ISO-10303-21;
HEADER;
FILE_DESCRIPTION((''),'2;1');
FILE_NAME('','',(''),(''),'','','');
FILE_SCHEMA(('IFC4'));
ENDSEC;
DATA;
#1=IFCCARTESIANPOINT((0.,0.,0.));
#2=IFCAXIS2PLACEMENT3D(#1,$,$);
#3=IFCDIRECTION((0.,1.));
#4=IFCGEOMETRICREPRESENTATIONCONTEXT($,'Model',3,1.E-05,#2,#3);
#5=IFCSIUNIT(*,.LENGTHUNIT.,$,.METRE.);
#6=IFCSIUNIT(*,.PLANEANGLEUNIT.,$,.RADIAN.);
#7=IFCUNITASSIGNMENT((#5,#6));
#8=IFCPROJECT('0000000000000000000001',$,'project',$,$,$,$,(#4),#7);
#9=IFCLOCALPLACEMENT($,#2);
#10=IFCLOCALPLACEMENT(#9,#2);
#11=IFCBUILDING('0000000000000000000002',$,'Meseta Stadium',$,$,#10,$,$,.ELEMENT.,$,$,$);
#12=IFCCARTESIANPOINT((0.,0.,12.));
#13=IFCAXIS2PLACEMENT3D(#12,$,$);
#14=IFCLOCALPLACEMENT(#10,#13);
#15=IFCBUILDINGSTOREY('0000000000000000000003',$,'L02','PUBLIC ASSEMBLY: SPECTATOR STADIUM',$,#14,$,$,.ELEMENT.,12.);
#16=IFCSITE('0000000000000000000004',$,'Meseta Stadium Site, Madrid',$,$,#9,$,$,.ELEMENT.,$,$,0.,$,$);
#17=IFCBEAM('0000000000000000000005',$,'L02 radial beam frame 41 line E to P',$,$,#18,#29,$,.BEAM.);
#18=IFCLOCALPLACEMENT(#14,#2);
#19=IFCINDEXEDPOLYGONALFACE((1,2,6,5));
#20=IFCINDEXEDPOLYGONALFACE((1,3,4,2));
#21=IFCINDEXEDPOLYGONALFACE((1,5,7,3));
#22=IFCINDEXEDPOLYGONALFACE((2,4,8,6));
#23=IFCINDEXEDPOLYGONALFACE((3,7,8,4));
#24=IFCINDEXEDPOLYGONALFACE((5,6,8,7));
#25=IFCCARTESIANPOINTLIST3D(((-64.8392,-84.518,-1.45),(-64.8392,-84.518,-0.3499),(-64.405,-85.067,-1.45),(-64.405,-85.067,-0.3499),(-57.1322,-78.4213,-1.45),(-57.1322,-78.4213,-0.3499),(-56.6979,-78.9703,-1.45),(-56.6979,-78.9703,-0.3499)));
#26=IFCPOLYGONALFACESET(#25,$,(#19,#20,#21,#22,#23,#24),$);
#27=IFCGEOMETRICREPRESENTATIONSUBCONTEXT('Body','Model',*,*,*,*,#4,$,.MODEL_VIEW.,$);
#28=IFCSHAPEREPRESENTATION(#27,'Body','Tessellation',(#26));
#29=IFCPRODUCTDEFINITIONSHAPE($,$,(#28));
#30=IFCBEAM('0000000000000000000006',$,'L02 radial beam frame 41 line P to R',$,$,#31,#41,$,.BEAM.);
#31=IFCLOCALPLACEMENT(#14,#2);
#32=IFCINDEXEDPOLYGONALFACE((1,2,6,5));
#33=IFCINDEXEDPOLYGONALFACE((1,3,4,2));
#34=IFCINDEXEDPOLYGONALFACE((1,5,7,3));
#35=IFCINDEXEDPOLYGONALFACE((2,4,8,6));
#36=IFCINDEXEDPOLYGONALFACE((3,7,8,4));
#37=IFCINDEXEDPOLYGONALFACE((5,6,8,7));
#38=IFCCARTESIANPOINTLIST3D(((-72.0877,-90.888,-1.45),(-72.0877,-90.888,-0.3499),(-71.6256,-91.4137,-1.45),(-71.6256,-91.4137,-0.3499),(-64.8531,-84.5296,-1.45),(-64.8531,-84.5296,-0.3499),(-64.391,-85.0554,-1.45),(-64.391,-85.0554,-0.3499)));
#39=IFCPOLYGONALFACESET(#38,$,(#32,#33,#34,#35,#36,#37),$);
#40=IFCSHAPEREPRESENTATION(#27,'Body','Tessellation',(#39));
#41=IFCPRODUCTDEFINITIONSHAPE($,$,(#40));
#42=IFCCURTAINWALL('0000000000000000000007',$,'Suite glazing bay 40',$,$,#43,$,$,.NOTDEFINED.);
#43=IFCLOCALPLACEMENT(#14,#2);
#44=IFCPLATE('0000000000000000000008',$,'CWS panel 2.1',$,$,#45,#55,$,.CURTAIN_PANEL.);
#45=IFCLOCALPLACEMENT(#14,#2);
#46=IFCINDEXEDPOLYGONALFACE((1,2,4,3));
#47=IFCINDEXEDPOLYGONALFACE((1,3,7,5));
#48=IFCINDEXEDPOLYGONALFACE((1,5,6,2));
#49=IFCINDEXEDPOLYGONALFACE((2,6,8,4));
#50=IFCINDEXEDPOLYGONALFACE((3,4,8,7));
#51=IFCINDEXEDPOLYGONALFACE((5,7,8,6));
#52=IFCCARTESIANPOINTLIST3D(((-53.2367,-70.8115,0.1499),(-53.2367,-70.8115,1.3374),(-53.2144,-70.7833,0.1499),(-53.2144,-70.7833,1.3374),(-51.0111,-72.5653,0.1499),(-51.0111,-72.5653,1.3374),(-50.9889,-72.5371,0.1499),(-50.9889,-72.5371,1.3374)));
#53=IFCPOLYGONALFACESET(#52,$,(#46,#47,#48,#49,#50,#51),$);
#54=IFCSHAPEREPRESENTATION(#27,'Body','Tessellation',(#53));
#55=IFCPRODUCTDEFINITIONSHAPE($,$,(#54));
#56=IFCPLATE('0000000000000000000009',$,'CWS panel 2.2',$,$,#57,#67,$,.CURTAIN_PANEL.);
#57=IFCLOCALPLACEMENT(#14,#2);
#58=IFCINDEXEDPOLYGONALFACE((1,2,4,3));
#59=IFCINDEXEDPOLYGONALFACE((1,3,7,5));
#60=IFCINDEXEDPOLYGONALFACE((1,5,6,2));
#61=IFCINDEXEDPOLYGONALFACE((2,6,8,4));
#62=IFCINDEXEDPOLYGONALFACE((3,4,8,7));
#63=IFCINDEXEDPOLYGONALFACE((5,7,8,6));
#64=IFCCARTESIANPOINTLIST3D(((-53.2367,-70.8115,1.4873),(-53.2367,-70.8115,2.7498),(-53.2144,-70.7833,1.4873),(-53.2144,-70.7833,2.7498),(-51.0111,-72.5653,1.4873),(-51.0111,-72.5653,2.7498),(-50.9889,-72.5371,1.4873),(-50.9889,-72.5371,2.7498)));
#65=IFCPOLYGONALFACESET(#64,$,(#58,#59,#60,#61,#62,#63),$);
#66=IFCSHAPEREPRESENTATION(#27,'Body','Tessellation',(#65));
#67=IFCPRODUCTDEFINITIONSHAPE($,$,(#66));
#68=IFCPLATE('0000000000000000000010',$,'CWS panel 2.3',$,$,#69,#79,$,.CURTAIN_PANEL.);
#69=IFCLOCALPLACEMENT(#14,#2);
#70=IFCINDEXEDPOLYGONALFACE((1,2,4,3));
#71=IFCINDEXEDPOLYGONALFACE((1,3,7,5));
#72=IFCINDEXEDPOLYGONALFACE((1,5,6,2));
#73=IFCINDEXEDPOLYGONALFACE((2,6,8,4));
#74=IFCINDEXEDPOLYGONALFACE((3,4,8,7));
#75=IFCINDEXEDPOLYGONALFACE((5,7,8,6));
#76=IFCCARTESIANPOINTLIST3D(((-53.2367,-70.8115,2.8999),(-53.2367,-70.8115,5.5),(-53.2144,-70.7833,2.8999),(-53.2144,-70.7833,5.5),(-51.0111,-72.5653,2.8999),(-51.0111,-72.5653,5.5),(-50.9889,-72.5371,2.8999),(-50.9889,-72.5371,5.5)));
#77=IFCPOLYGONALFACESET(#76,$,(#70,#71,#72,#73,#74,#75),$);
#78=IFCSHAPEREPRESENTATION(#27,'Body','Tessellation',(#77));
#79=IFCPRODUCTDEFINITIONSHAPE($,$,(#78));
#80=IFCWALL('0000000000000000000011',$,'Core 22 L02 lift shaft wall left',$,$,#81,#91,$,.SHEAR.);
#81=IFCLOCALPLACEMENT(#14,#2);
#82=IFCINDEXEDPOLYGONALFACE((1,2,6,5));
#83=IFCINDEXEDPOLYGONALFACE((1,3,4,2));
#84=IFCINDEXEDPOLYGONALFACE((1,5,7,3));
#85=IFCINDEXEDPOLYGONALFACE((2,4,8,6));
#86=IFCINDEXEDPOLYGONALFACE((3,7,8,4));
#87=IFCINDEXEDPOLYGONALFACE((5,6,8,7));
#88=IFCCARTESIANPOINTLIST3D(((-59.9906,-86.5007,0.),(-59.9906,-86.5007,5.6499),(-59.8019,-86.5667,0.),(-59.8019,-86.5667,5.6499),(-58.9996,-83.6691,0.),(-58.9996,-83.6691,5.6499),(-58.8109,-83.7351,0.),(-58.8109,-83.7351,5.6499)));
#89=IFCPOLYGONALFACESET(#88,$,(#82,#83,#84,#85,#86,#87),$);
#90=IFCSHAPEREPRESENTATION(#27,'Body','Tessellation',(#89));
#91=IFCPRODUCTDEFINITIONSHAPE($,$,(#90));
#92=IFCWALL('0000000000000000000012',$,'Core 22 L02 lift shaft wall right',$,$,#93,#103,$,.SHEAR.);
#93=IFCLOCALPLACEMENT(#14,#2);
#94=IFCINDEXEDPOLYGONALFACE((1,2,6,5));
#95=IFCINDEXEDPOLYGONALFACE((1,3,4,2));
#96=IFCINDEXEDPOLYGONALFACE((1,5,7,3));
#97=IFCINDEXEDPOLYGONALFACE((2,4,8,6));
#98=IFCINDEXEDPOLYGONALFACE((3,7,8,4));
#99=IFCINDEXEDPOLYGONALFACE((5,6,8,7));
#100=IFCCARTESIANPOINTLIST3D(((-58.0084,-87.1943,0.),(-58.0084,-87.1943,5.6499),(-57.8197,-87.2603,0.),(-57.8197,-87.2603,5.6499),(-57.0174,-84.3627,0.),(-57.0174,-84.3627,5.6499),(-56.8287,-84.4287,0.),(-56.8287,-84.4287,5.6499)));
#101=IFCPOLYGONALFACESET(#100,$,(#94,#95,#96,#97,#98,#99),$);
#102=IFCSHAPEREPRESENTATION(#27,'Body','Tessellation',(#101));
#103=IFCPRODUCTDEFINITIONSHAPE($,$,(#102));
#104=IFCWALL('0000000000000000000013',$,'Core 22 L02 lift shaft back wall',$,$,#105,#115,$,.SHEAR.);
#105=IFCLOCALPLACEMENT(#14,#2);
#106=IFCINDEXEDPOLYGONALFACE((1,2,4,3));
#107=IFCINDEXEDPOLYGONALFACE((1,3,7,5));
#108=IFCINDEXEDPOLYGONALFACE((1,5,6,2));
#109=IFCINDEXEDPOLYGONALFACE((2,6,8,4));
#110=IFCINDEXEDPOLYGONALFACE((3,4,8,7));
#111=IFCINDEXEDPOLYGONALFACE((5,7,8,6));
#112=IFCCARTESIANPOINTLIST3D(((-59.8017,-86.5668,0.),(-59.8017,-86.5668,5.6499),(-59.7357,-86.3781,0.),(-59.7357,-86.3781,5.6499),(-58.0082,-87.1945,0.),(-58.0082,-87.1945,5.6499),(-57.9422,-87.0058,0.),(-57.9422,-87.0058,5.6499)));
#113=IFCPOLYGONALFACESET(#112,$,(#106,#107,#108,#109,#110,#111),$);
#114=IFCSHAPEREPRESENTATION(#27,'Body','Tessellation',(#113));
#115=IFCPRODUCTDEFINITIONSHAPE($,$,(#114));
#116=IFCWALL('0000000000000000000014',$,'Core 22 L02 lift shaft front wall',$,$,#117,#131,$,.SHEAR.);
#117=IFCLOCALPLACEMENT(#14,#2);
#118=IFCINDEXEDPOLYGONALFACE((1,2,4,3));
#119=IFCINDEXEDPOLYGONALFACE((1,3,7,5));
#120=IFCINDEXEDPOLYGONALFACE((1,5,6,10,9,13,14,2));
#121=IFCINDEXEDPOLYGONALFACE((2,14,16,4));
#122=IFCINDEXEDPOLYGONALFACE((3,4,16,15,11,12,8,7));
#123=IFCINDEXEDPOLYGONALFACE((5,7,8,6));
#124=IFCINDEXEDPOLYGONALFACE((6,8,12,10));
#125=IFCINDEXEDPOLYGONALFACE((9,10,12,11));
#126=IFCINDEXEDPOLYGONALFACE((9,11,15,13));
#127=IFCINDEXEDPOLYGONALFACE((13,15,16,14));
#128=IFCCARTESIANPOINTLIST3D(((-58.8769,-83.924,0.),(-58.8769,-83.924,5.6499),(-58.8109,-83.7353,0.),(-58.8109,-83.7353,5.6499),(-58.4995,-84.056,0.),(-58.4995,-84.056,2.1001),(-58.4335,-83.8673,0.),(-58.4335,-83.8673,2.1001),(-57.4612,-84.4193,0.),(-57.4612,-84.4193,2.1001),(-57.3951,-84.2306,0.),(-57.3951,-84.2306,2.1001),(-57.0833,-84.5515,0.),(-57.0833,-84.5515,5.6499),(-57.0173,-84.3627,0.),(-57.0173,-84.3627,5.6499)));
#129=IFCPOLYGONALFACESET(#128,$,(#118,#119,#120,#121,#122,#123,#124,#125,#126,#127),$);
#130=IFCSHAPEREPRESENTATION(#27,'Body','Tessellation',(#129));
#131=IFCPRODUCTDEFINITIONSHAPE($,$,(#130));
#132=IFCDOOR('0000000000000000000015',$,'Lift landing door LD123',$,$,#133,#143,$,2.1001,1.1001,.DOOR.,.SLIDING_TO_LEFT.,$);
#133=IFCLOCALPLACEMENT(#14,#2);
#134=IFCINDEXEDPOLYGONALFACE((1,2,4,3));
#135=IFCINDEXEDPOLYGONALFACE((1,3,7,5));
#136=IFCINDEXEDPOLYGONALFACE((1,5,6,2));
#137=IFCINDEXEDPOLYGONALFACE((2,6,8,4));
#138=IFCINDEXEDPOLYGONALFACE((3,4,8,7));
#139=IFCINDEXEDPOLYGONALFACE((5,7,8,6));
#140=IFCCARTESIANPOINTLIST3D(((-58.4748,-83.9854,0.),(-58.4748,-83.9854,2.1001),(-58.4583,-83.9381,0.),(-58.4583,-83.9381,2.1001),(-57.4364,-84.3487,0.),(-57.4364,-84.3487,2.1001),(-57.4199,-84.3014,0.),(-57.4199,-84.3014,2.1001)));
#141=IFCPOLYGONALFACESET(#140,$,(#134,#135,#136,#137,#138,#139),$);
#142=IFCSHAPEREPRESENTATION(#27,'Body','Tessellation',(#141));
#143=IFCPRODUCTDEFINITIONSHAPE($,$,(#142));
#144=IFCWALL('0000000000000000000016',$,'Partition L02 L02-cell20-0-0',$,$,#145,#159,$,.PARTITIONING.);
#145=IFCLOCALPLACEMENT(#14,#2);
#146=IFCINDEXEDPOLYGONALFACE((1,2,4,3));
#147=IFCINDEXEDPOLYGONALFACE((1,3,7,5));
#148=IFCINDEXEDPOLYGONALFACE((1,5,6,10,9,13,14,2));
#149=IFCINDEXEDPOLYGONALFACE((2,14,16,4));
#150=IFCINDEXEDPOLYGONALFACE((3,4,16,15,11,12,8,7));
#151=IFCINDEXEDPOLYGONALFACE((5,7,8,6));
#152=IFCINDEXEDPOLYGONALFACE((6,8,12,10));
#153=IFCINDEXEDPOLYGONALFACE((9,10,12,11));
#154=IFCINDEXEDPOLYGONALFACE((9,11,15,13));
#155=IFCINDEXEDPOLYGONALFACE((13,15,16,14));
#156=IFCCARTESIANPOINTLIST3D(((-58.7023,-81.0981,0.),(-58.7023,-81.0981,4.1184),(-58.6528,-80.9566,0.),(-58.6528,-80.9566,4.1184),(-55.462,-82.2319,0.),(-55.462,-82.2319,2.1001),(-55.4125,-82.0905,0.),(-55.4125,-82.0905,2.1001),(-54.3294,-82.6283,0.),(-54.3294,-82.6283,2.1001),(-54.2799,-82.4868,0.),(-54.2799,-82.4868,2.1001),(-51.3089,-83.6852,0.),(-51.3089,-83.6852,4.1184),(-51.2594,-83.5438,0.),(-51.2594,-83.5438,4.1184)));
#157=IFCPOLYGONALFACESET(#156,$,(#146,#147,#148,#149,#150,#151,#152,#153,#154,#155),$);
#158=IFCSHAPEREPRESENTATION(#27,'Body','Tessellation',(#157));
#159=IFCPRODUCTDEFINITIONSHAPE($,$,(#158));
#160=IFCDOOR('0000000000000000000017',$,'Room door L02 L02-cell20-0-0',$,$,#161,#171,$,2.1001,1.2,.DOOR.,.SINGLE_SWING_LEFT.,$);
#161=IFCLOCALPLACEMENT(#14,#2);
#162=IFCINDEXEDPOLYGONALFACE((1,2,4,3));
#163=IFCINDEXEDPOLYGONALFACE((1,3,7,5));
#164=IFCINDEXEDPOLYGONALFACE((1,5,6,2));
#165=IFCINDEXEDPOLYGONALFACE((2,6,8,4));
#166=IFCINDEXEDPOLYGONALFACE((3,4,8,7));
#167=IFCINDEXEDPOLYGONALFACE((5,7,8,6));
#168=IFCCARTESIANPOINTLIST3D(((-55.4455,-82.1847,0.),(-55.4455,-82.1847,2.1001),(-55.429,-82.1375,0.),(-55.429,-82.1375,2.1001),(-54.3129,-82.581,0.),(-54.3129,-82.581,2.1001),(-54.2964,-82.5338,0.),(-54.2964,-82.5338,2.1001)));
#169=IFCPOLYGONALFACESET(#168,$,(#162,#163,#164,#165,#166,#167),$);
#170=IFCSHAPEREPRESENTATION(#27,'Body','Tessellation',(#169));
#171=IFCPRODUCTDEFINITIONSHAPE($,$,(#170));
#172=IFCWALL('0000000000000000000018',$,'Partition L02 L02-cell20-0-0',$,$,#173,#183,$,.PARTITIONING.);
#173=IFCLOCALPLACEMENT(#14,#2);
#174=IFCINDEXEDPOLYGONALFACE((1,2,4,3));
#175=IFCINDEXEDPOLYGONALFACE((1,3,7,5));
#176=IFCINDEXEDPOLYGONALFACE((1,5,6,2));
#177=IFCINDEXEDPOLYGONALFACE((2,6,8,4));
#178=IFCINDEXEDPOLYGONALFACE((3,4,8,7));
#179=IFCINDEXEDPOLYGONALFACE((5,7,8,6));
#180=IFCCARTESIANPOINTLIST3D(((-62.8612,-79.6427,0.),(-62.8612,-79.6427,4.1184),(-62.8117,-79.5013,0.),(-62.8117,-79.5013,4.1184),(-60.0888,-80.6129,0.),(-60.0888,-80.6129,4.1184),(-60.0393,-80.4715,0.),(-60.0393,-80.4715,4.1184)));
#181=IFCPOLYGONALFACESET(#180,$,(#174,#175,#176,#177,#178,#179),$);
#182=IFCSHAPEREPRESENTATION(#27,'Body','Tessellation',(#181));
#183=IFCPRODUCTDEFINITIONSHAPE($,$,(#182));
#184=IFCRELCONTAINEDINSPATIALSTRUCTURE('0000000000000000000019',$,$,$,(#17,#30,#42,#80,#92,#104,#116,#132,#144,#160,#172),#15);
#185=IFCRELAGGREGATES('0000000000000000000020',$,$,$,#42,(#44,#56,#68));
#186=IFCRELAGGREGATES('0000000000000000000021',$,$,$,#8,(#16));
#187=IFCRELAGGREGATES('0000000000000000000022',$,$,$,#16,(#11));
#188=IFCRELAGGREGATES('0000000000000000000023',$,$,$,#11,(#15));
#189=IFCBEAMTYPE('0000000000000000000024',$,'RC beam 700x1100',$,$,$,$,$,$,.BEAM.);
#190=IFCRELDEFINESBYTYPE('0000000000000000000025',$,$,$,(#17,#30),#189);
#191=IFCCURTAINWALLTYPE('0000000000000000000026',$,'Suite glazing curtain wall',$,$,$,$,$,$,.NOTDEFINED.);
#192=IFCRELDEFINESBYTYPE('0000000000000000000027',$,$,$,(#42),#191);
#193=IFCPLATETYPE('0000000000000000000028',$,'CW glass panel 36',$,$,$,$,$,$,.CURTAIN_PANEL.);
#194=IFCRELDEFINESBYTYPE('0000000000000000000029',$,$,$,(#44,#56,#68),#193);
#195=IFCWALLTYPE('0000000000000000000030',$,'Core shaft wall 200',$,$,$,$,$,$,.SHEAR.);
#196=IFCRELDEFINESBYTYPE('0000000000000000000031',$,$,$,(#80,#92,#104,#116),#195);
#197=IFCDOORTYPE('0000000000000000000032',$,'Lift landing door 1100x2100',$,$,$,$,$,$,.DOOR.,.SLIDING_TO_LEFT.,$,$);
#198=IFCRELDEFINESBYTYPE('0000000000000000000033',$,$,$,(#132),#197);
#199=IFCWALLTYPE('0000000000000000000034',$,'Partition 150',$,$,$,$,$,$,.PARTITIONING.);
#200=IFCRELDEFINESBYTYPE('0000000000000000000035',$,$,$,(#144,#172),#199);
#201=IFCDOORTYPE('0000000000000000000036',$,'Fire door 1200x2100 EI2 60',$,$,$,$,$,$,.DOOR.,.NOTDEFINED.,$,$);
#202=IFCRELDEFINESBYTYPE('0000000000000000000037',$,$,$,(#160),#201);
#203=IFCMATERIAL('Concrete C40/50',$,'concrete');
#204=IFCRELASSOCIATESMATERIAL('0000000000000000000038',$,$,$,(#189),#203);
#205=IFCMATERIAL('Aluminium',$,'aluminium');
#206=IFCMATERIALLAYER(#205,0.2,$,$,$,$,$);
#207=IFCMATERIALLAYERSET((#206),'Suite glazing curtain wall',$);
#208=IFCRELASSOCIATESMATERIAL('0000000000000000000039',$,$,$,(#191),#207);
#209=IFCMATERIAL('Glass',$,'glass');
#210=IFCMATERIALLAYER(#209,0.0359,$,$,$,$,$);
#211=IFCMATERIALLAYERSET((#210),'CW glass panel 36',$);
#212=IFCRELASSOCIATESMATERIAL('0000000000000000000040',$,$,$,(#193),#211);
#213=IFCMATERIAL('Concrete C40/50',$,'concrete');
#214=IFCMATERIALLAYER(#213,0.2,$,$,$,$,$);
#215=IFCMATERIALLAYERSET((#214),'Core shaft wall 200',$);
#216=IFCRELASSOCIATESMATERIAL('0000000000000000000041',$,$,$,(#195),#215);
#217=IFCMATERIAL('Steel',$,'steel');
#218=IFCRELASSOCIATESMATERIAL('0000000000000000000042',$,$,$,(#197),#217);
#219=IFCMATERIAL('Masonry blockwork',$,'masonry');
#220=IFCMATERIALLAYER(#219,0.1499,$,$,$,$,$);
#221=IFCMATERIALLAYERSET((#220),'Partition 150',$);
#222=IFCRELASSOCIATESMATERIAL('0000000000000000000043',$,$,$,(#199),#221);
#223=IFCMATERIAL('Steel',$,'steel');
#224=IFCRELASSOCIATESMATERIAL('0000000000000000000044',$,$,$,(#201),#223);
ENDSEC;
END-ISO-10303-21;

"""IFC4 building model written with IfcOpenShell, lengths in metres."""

from ifc_helpers import new_model, si_unit, direction, frame, frame_2d, origin, origin_2d, place, context, subcontext, project, spatial, rectangle, extrude, material, layer, layer_set, material_profile, profile_set, type_object, element, fill, aggregate, save


model = new_model("IFC4")

# Units and contexts
model_context = context("Model", 3, precision=1e-05, world=origin(), true_north=direction((0.0, 1.0)))
body_context = subcontext(model_context, "Body", "Model", "MODEL_VIEW")
ifc_project = project(units=[si_unit("LENGTHUNIT", "METRE"), si_unit("PLANEANGLEUNIT", "RADIAN")], contexts=[model_context])

# Site, building, storey
site_placement = place(None, origin())
site = spatial("IfcSite", under=ifc_project, at=site_placement, Name="Meseta Stadium Site, Madrid", CompositionType="ELEMENT", RefElevation=0.0)
building_placement = place(site_placement, origin())
building = spatial("IfcBuilding", under=site, at=building_placement, Name="Meseta Stadium", CompositionType="ELEMENT")
storey_placement = place(building_placement, frame((0.0, 0.0, 12.0)))
storey = spatial("IfcBuildingStorey", under=building, at=storey_placement, Name="L02", Description="PUBLIC ASSEMBLY: SPECTATOR STADIUM", CompositionType="ELEMENT", Elevation=12.0)

# Beams
ifc_material_1 = material(Name="Concrete C40/50", Category="concrete")
ifc_material_profile_1 = material_profile(ifc_material_1, rectangle(XDim=0.7, YDim=1.1001, at=origin_2d()), Name="RC 700x1100")
ifc_profile_set_1 = profile_set([ifc_material_profile_1], Name="Concrete C40/50")
beam_type_1 = type_object("IfcBeamType", Name="RC beam 700x1100", PredefinedType="BEAM", material=ifc_profile_set_1)
beam_1_placement = place(storey_placement, frame((-56.915, -78.6958, -0.8999), z_axis=(-0.78428, -0.620408, 0.0), x_axis=(0.620408, -0.78428, 0.0)))
element("IfcBeam", 1, at=beam_1_placement, inside=storey, type_object=beam_type_1, Name="L02 radial beam frame 41 line E to P", PredefinedType="BEAM", context=body_context, shape_type="SweptSolid", body=[
    extrude(rectangle(XDim=0.7, YDim=1.1001, at=origin_2d()), origin(), (0.0, 0.0, 1.0), 9.8269),
])
beam_2_placement = place(storey_placement, frame((-64.6221, -84.7925, -0.8999), z_axis=(-0.751129, -0.660156, 0.0), x_axis=(0.660156, -0.751129, 0.0)))
element("IfcBeam", 2, at=beam_2_placement, inside=storey, type_object=beam_type_1, Name="L02 radial beam frame 41 line P to R", PredefinedType="BEAM", context=body_context, shape_type="SweptSolid", body=[
    extrude(rectangle(XDim=0.7, YDim=1.1001, at=origin_2d()), origin(), (0.0, 0.0, 1.0), 9.6316),
])

# Curtain wall, plates
ifc_material_2 = material(Name="Aluminium", Category="aluminium")
ifc_layer_1 = layer(ifc_material_2, 0.2)
ifc_layer_set_1 = layer_set([ifc_layer_1], Name="Suite glazing curtain wall")
curtain_wall_type = type_object("IfcCurtainWallType", Name="Suite glazing curtain wall", PredefinedType="NOTDEFINED", material=ifc_layer_set_1)
curtain_wall_placement = place(storey_placement, origin())
curtain_wall = element("IfcCurtainWall", 3, at=curtain_wall_placement, inside=storey, type_object=curtain_wall_type, Name="Suite glazing bay 40", PredefinedType="NOTDEFINED")
ifc_material_3 = material(Name="Glass", Category="glass")
ifc_layer_2 = layer(ifc_material_3, 0.0359)
ifc_layer_set_2 = layer_set([ifc_layer_2], Name="CW glass panel 36")
plate_type = type_object("IfcPlateType", Name="CW glass panel 36", PredefinedType="CURTAIN_PANEL", material=ifc_layer_set_2)
plate_1_placement = place(storey_placement, frame((-52.1128, -71.6743, 0.1499), z_axis=(0.0, 0.0, 1.0), x_axis=(0.785435, -0.618944, 0.0)))
plate_1 = element("IfcPlate", 4, at=plate_1_placement, type_object=plate_type, Name="CWS panel 2.1", PredefinedType="CURTAIN_PANEL", context=body_context, shape_type="SweptSolid", body=[
    extrude(rectangle(XDim=2.8335, YDim=0.0359, at=origin_2d()), origin(), (0.0, 0.0, 1.0), 1.1875),
])
plate_2_placement = place(storey_placement, frame((-52.1128, -71.6743, 1.4873), z_axis=(0.0, 0.0, 1.0), x_axis=(0.785435, -0.618944, 0.0)))
plate_2 = element("IfcPlate", 5, at=plate_2_placement, type_object=plate_type, Name="CWS panel 2.2", PredefinedType="CURTAIN_PANEL", context=body_context, shape_type="SweptSolid", body=[
    extrude(rectangle(XDim=2.8335, YDim=0.0359, at=origin_2d()), origin(), (0.0, 0.0, 1.0), 1.2625),
])
plate_3_placement = place(storey_placement, frame((-52.1128, -71.6743, 2.8999), z_axis=(0.0, 0.0, 1.0), x_axis=(0.785435, -0.618944, 0.0)))
plate_3 = element("IfcPlate", 6, at=plate_3_placement, type_object=plate_type, Name="CWS panel 2.3", PredefinedType="CURTAIN_PANEL", context=body_context, shape_type="SweptSolid", body=[
    extrude(rectangle(XDim=2.8335, YDim=0.0359, at=origin_2d()), origin(), (0.0, 0.0, 1.0), 2.6001),
])
aggregate(curtain_wall, [plate_1, plate_2, plate_3])

# Walls
ifc_material_4 = material(Name="Concrete C40/50", Category="concrete")
ifc_layer_3 = layer(ifc_material_4, 0.2)
ifc_layer_set_3 = layer_set([ifc_layer_3], Name="Core shaft wall 200")
wall_type_1 = type_object("IfcWallType", Name="Core shaft wall 200", PredefinedType="SHEAR", material=ifc_layer_set_3)
for number, where, z_axis, x_axis, name in (
    (7, (-59.8962, -86.5337, 0.0), (0.0, 0.0, 1.0), (0.330329, 0.943866, 0.0), "Core 22 L02 lift shaft wall left"),
    (8, (-57.9141, -87.2273, 0.0), (0.0, 0.0, 1.0), (0.330329, 0.943866, 0.0), "Core 22 L02 lift shaft wall right"),
):
    element("IfcWall", number, at=place(storey_placement, frame(where, z_axis=z_axis, x_axis=x_axis)), inside=storey, type_object=wall_type_1, Name=name, PredefinedType="SHEAR", context=body_context, shape_type="SweptSolid", body=[
        extrude(rectangle(XDim=3.0, YDim=0.2, at=frame_2d((1.5, 0.0))), origin(), (0.0, 0.0, 1.0), 5.6499),
    ])
wall_1_placement = place(storey_placement, frame((-59.7688, -86.4724, 0.0), z_axis=(0.0, 0.0, 1.0), x_axis=(0.943862, -0.330339, 0.0)))
element("IfcWall", 9, at=wall_1_placement, inside=storey, type_object=wall_type_1, Name="Core 22 L02 lift shaft back wall", PredefinedType="SHEAR", context=body_context, shape_type="SweptSolid", body=[
    extrude(rectangle(XDim=1.9001, YDim=0.2, at=frame_2d((0.9502, 0.0))), origin(), (0.0, 0.0, 1.0), 5.6499),
])

# Walls, openings, doors
wall_2_placement = place(storey_placement, frame((-58.844, -83.8296, 0.0), z_axis=(0.0, 0.0, 1.0), x_axis=(0.943902, -0.330225, 0.0)))
wall_2 = element("IfcWall", 10, at=wall_2_placement, inside=storey, type_object=wall_type_1, Name="Core 22 L02 lift shaft front wall", PredefinedType="SHEAR", context=body_context, shape_type="SweptSolid", body=[
    extrude(rectangle(XDim=1.9001, YDim=0.2, at=frame_2d((0.9502, 0.0))), origin(), (0.0, 0.0, 1.0), 5.6499),
])
opening_1_placement = place(wall_2_placement, frame((0.3999, 0.0, 0.0)))
opening_1 = element("IfcOpeningElement", 11, at=opening_1_placement, cuts=wall_2, PredefinedType="OPENING", context=body_context, shape_type="SweptSolid", body=[
    extrude(rectangle(XDim=1.1001, YDim=2.1001, at=frame_2d((0.55, 1.05))), frame((0.0, 0.1099, 0.0), z_axis=(0.0, -1.0, 0.0), x_axis=(1.0, 0.0, 0.0)), (0.0, 0.0, 1.0), 0.22),
])
ifc_material_5 = material(Name="Steel", Category="steel")
door_type_1 = type_object("IfcDoorType", Name="Lift landing door 1100x2100", OperationType="SLIDING_TO_LEFT", PredefinedType="DOOR", material=ifc_material_5)
door_1_placement = place(opening_1_placement, origin())
door_1 = element("IfcDoor", 12, at=door_1_placement, inside=storey, type_object=door_type_1, Name="Lift landing door LD123", OperationType="SLIDING_TO_LEFT", OverallHeight=2.1001, OverallWidth=1.1001, PredefinedType="DOOR", context=body_context, shape_type="SweptSolid", body=[
    extrude(rectangle(XDim=1.1001, YDim=2.1001, at=frame_2d((0.55, 1.05))), frame((0.0, 0.0249, 0.0), z_axis=(0.0, -1.0, 0.0), x_axis=(1.0, 0.0, 0.0)), (0.0, 0.0, 1.0), 0.05),
])
fill(opening_1, door_1)
ifc_material_6 = material(Name="Masonry blockwork", Category="masonry")
ifc_layer_4 = layer(ifc_material_6, 0.1499)
ifc_layer_set_4 = layer_set([ifc_layer_4], Name="Partition 150")
wall_type_2 = type_object("IfcWallType", Name="Partition 150", PredefinedType="PARTITIONING", material=ifc_layer_set_4)
wall_3_placement = place(storey_placement, frame((-51.2842, -83.6145, 0.0), z_axis=(0.0, 0.0, 1.0), x_axis=(-0.943878, 0.330294, 0.0)))
wall_3 = element("IfcWall", 13, at=wall_3_placement, inside=storey, type_object=wall_type_2, Name="Partition L02 L02-cell20-0-0", PredefinedType="PARTITIONING", context=body_context, shape_type="SweptSolid", body=[
    extrude(rectangle(XDim=7.833, YDim=0.1499, at=frame_2d((3.9165, 0.0))), origin(), (0.0, 0.0, 1.0), 4.1184),
])
opening_2_placement = place(wall_3_placement, frame((3.2, 0.0, 0.0)))
opening_2 = element("IfcOpeningElement", 14, at=opening_2_placement, cuts=wall_3, PredefinedType="OPENING", context=body_context, shape_type="SweptSolid", body=[
    extrude(rectangle(XDim=1.2, YDim=2.1001, at=frame_2d((0.6001, 1.05))), frame((0.0, 0.085, 0.0), z_axis=(0.0, -1.0, 0.0), x_axis=(1.0, 0.0, 0.0)), (0.0, 0.0, 1.0), 0.1699),
])
ifc_material_7 = material(Name="Steel", Category="steel")
door_type_2 = type_object("IfcDoorType", Name="Fire door 1200x2100 EI2 60", OperationType="NOTDEFINED", PredefinedType="DOOR", material=ifc_material_7)
door_2_placement = place(opening_2_placement, origin())
door_2 = element("IfcDoor", 15, at=door_2_placement, inside=storey, type_object=door_type_2, Name="Room door L02 L02-cell20-0-0", OperationType="SINGLE_SWING_LEFT", OverallHeight=2.1001, OverallWidth=1.2, PredefinedType="DOOR", context=body_context, shape_type="SweptSolid", body=[
    extrude(rectangle(XDim=1.2, YDim=2.1001, at=frame_2d((0.6001, 1.05))), frame((0.0, 0.0249, 0.0), z_axis=(0.0, -1.0, 0.0), x_axis=(1.0, 0.0, 0.0)), (0.0, 0.0, 1.0), 0.05),
])
fill(opening_2, door_2)

# Wall
wall_4_placement = place(storey_placement, frame((-60.064, -80.5422, 0.0), z_axis=(0.0, 0.0, 1.0), x_axis=(-0.943874, 0.330306, 0.0)))
element("IfcWall", 16, at=wall_4_placement, inside=storey, type_object=wall_type_2, Name="Partition L02 L02-cell20-0-0", PredefinedType="PARTITIONING", context=body_context, shape_type="SweptSolid", body=[
    extrude(rectangle(XDim=2.9373, YDim=0.1499, at=frame_2d((1.4688, 0.0))), origin(), (0.0, 0.0, 1.0), 4.1184),
])

save(model, "model.ifc")
